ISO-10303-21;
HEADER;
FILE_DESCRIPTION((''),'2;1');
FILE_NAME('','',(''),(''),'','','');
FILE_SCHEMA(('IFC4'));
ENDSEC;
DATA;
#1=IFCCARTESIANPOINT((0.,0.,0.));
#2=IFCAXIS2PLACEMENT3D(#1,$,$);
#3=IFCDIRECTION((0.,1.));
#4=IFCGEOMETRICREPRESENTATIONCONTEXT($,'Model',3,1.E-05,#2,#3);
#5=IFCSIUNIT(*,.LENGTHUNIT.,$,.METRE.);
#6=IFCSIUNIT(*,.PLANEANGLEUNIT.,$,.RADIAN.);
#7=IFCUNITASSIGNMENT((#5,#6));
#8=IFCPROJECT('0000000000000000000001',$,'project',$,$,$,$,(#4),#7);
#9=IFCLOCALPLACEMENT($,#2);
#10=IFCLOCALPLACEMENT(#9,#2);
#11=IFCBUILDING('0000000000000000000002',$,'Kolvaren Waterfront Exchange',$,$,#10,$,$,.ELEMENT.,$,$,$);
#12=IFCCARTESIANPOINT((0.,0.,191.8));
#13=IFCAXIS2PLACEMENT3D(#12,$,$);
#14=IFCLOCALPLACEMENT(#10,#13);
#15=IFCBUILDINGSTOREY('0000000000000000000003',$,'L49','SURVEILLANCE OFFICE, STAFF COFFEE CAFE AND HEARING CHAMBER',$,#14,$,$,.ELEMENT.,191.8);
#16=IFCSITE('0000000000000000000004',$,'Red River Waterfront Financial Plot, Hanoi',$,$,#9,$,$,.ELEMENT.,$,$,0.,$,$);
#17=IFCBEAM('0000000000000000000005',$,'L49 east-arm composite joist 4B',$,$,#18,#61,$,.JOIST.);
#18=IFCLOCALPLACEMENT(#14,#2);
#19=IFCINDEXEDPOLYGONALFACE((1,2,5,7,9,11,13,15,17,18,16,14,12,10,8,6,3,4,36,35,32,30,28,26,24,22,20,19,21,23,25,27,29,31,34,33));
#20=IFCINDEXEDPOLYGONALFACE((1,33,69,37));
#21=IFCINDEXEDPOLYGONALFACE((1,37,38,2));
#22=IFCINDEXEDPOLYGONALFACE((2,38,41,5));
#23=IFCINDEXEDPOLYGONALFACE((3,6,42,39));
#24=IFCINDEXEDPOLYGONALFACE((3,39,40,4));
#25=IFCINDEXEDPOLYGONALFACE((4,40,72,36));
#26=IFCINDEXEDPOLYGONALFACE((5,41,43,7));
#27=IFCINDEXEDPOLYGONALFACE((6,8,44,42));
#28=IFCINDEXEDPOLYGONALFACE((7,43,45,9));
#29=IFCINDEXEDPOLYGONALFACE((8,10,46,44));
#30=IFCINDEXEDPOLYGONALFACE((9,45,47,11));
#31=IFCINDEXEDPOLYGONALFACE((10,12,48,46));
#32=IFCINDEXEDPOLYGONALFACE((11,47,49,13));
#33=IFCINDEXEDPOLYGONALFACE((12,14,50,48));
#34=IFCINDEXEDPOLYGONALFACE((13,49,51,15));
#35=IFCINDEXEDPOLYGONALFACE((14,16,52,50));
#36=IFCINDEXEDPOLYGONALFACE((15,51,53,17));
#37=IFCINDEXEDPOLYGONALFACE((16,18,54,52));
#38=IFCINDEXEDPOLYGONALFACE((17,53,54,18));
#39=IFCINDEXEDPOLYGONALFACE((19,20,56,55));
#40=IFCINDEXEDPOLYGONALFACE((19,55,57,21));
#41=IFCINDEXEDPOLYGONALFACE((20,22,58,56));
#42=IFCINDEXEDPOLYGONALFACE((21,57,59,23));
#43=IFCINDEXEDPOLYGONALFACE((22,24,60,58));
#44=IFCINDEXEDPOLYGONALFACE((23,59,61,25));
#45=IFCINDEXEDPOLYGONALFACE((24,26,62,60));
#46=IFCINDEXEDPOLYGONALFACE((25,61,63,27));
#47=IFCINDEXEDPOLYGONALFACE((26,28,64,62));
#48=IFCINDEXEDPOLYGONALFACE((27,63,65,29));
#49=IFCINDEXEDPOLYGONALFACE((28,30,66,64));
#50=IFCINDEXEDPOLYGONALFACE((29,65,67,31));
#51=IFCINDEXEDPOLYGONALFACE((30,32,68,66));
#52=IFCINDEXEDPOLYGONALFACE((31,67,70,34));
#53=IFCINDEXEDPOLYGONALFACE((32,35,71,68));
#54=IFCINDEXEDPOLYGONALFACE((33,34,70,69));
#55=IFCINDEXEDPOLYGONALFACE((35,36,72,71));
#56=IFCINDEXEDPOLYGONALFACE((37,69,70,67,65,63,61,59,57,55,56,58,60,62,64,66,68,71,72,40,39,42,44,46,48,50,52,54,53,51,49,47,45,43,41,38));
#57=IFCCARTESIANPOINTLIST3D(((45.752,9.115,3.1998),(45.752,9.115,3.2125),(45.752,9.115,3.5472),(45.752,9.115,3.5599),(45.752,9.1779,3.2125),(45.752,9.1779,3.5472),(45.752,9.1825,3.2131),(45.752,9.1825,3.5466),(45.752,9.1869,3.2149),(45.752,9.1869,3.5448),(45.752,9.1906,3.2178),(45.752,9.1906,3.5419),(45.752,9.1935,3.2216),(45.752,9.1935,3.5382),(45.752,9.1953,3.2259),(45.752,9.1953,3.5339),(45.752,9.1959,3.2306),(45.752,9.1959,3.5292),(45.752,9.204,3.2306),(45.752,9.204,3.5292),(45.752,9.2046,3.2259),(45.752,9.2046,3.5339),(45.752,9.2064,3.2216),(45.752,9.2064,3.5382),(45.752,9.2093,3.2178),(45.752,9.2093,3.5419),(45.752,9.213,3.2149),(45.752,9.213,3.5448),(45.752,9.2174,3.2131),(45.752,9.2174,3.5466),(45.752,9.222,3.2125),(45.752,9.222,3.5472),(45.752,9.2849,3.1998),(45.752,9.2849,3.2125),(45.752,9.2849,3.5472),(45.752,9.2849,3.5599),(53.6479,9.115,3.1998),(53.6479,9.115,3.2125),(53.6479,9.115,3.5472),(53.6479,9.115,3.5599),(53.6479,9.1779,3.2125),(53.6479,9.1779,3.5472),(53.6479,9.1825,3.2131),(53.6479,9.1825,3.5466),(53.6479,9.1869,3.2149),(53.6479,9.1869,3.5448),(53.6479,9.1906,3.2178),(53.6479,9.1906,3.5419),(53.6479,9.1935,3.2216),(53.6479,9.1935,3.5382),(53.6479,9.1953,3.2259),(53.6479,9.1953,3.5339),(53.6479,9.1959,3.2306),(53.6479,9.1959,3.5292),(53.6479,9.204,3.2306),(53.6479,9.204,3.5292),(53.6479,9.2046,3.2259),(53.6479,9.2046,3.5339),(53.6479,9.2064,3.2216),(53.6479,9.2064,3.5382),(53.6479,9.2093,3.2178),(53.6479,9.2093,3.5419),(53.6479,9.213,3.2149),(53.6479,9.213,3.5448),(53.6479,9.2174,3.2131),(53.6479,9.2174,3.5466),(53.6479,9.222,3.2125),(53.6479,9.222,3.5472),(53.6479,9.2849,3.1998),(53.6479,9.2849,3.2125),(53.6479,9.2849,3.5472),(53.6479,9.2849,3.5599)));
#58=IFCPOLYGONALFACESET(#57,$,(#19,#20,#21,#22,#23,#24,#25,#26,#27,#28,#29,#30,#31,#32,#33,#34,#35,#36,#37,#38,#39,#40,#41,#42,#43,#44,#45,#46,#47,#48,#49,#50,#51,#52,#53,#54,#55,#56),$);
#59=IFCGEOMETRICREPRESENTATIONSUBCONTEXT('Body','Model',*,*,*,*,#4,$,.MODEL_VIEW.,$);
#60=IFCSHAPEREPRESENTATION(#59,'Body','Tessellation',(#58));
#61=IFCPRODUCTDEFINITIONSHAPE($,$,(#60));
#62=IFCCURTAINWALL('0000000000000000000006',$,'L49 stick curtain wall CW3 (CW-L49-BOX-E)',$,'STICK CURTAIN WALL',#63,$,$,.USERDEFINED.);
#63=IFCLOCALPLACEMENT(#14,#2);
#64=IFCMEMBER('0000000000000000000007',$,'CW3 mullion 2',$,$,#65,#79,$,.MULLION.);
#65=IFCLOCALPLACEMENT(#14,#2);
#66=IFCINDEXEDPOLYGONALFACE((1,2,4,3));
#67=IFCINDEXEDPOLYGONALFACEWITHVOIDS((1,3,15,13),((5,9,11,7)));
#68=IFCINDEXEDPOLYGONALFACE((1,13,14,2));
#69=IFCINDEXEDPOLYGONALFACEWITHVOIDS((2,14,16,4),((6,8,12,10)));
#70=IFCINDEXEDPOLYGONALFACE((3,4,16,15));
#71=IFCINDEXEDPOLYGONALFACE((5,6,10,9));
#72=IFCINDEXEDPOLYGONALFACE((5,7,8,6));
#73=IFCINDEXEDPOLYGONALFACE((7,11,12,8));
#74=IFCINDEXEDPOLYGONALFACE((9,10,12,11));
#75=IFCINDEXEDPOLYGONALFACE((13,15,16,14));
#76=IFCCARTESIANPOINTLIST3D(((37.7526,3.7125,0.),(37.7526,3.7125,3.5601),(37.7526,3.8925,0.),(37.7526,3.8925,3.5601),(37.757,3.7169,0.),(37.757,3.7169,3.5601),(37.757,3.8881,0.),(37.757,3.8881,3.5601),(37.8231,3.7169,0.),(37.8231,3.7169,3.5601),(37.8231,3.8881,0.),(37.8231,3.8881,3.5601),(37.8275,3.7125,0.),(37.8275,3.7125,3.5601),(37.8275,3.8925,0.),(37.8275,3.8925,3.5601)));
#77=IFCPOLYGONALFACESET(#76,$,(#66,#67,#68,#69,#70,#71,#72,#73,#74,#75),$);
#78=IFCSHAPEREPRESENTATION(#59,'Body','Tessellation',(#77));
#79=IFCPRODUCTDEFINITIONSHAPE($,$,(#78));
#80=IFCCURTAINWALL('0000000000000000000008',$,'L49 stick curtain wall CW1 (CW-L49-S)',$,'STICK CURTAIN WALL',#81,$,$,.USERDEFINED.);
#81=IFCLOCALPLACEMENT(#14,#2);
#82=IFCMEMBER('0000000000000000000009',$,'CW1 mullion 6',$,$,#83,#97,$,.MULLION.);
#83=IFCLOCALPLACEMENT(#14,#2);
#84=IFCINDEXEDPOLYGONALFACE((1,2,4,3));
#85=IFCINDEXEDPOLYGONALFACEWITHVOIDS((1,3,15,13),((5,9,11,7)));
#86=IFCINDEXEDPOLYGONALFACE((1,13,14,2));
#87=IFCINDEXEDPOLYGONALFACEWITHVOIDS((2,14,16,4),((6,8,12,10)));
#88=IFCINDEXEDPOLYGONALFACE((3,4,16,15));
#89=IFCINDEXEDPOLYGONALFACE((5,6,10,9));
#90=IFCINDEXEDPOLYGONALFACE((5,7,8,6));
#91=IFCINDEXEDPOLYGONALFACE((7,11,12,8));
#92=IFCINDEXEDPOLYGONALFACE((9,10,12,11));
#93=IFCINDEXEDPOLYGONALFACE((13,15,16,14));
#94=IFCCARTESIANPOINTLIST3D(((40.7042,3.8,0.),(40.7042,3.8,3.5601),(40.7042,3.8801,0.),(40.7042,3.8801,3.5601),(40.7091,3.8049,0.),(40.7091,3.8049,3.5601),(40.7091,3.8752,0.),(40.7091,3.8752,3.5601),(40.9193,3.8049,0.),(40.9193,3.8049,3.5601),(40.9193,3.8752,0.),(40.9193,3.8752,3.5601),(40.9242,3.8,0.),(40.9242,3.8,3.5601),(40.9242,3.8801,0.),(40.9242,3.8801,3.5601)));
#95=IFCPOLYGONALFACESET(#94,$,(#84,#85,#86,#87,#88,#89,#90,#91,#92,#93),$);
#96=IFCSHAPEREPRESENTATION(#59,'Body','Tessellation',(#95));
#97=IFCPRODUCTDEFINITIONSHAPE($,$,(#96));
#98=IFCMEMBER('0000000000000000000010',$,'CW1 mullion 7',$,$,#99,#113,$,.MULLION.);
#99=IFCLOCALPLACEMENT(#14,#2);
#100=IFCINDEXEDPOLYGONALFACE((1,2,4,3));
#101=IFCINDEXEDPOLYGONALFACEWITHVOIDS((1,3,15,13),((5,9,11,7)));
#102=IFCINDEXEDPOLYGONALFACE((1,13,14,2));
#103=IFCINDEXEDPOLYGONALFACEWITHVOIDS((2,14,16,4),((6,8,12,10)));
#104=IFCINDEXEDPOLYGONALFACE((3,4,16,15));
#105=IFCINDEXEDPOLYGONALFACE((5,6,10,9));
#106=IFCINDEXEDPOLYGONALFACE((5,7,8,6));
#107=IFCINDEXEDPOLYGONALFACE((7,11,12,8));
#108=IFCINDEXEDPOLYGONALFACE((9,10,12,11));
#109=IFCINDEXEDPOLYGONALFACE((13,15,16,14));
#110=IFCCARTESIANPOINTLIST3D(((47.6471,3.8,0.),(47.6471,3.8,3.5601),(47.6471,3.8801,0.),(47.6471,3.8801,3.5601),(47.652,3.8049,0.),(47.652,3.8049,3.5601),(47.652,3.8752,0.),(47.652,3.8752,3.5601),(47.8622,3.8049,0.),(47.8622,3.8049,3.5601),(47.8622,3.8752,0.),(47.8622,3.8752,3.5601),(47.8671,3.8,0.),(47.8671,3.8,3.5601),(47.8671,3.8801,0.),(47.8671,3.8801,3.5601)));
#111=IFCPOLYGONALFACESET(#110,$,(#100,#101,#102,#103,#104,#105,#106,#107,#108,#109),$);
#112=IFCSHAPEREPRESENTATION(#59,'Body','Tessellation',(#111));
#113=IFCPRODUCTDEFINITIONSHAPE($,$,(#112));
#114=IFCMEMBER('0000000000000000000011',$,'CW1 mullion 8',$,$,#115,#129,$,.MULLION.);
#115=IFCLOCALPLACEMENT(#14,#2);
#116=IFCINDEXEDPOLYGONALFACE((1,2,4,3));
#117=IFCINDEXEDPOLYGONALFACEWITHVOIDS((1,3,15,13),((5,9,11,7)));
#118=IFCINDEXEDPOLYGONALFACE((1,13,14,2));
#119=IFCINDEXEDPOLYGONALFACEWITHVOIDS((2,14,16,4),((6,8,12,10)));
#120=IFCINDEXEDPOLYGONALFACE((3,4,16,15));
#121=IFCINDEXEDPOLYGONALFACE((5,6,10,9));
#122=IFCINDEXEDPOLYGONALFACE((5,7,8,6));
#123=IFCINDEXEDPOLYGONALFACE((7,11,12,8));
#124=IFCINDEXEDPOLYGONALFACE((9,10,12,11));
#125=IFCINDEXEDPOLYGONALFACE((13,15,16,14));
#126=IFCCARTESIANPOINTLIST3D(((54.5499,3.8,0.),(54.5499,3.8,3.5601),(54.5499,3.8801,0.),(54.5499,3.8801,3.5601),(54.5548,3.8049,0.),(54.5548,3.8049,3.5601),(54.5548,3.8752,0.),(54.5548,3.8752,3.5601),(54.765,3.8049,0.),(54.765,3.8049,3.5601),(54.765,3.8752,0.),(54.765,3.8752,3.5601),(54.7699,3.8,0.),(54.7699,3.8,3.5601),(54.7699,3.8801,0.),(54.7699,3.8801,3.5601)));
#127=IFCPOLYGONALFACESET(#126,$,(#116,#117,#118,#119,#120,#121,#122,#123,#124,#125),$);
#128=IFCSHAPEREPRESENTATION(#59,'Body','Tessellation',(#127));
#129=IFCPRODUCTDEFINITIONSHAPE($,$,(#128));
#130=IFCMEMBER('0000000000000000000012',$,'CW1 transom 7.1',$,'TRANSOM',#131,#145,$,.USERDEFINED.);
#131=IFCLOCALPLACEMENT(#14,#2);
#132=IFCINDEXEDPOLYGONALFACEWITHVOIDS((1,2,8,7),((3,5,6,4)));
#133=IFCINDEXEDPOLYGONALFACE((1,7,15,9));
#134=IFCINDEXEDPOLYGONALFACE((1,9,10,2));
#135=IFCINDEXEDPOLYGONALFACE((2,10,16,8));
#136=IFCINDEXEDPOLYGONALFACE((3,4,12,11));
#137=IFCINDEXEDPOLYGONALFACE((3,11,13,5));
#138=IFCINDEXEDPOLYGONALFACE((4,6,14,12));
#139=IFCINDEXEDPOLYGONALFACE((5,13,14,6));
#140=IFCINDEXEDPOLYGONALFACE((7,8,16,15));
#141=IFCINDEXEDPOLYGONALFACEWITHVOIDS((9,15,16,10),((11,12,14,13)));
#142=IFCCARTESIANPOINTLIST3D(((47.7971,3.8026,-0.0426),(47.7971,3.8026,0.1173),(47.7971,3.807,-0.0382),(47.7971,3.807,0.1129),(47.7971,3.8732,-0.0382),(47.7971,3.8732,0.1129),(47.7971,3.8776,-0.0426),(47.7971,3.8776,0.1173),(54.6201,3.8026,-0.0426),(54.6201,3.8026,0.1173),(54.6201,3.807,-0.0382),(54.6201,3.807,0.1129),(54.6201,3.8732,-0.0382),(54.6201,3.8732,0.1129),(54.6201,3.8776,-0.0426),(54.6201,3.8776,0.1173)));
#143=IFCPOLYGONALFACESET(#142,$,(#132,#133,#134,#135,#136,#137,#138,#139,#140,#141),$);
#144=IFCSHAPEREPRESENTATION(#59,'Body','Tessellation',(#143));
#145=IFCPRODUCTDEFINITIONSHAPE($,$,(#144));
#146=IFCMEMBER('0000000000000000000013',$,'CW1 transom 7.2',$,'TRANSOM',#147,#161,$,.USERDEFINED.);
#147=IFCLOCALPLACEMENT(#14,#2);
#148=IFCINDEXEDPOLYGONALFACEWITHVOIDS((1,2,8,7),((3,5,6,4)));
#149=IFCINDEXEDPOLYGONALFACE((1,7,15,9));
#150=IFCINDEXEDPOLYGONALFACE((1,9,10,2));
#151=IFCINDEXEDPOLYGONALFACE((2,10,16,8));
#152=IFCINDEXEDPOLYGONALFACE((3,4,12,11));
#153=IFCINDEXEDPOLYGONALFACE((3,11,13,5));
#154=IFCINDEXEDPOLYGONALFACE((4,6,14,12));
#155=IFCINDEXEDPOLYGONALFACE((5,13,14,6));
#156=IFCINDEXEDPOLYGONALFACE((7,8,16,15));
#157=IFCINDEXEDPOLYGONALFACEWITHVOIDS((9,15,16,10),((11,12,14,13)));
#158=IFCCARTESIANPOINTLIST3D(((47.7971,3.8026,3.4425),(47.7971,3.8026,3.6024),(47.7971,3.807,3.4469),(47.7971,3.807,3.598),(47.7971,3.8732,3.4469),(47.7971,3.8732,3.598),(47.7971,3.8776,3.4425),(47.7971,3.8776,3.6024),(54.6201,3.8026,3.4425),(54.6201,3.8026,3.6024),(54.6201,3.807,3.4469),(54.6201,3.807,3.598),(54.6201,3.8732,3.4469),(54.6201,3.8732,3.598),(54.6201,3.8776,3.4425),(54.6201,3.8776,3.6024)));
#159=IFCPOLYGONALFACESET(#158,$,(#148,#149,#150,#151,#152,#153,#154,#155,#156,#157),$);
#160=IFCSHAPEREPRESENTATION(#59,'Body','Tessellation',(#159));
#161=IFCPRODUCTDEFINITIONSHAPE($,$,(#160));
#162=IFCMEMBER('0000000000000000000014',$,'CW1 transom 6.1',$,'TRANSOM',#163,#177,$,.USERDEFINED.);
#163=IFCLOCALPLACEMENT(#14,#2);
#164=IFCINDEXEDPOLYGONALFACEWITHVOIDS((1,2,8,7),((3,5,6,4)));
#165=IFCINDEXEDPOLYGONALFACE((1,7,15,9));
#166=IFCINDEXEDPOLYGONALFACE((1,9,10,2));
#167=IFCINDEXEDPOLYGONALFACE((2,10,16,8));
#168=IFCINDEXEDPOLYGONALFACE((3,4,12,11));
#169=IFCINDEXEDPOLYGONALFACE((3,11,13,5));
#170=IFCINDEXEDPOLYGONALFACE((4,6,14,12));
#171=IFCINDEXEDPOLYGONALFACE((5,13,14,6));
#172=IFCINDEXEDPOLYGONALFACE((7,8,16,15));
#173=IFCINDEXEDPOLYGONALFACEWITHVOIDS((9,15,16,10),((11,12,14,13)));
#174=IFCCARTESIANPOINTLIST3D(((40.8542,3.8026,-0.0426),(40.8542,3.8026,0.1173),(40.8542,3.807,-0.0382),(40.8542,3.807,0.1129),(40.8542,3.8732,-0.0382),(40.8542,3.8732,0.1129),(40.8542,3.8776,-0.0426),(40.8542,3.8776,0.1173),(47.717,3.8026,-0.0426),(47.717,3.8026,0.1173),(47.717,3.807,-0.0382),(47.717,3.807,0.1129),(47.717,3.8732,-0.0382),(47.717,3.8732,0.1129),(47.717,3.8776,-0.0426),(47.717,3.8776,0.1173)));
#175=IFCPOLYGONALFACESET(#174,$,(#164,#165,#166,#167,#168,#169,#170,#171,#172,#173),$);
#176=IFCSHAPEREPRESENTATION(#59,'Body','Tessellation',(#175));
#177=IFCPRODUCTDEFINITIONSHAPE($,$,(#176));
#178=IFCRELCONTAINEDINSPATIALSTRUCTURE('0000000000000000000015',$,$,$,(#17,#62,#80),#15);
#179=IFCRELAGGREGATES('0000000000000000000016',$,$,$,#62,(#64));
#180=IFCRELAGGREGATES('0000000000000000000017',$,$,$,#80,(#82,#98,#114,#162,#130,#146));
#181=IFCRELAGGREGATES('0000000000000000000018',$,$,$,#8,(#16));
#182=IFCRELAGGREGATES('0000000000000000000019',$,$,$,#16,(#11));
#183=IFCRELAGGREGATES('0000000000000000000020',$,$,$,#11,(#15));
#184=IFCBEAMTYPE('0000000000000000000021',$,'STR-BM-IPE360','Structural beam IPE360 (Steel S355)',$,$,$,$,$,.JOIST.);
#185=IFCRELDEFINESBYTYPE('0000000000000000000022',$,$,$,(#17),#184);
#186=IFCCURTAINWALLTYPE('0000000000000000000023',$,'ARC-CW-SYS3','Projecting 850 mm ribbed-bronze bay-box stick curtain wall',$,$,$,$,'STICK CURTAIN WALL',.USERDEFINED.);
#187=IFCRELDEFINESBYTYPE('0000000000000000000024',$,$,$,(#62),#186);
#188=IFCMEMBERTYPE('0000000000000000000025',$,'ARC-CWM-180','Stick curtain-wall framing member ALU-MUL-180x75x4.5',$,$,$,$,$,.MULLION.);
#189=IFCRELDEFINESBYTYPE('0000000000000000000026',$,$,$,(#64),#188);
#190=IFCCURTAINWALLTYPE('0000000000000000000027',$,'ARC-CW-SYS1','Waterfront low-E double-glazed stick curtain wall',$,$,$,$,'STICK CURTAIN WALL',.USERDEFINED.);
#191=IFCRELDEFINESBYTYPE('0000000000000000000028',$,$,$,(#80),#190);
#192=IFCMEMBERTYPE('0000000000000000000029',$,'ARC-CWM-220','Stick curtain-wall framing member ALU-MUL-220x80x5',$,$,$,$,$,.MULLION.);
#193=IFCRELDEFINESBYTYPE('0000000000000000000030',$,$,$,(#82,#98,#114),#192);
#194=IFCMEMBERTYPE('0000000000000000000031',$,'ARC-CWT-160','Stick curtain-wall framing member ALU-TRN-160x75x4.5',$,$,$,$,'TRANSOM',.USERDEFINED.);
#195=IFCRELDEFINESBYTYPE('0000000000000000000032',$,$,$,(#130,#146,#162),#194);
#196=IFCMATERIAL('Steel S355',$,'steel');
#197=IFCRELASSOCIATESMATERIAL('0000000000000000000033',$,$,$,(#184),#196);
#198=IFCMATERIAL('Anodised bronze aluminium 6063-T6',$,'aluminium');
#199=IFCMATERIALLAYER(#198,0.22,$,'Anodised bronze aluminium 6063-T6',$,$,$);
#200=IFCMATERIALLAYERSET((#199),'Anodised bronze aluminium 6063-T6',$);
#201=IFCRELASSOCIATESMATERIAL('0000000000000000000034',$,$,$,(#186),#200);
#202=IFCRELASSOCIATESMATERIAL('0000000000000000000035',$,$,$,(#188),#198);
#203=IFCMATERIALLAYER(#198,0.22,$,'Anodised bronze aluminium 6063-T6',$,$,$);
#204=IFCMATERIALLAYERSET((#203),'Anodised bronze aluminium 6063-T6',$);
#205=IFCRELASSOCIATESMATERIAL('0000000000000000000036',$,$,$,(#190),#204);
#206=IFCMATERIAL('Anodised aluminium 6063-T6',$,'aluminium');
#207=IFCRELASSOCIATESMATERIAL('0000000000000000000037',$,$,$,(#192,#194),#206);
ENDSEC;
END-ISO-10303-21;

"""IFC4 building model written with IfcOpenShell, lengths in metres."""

from ifc_helpers import new_model, si_unit, direction, frame, origin, origin_with_axes, origin_2d, place, context, subcontext, project, spatial, hollow_rectangle, i_section, extrude, source, transform, mapped, material, layer, layer_set, material_profile, profile_set, type_object, element, aggregate, save


model = new_model("IFC4")

# Units and contexts
model_context = context("Model", 3, precision=1e-05, world=origin(), true_north=direction((0.0, 1.0)))
body_context = subcontext(model_context, "Body", "Model", "MODEL_VIEW")
ifc_project = project(units=[si_unit("LENGTHUNIT", "METRE"), si_unit("PLANEANGLEUNIT", "RADIAN")], contexts=[model_context])

# Site, building, storey
site_placement = place(None, origin())
site = spatial("IfcSite", under=ifc_project, at=site_placement, Name="Red River Waterfront Financial Plot, Hanoi", CompositionType="ELEMENT", RefElevation=0.0)
building_placement = place(site_placement, origin())
building = spatial("IfcBuilding", under=site, at=building_placement, Name="Kolvaren Waterfront Exchange", CompositionType="ELEMENT")
storey_placement = place(building_placement, frame((0.0, 0.0, 191.8)))
storey = spatial("IfcBuildingStorey", under=building, at=storey_placement, Name="L49", Description="SURVEILLANCE OFFICE, STAFF COFFEE CAFE AND HEARING CHAMBER", CompositionType="ELEMENT", Elevation=191.8)

# Beam
ifc_material_1 = material(Name="Steel S355", Category="steel")
ifc_material_profile_1 = material_profile(ifc_material_1, i_section(OverallWidth=0.1699, OverallDepth=0.3601, WebThickness=0.0081, FlangeThickness=0.0127, FilletRadius=0.0181, at=origin_2d()), Name="IPE360")
ifc_profile_set_1 = profile_set([ifc_material_profile_1], Name="Steel S355")
beam_type_1 = type_object("IfcBeamType", Name="STR-BM-IPE360", Description="Structural beam IPE360 (Steel S355)", PredefinedType="JOIST", material=ifc_profile_set_1)
beam_1_placement = place(storey_placement, frame((45.752, 9.2, 3.3799), z_axis=(1.0, 0.0, 0.0), x_axis=(0.0, 1.0, 0.0)))
element("IfcBeam", 1, at=beam_1_placement, inside=storey, type_object=beam_type_1, Name="L49 east-arm composite joist 4B", PredefinedType="JOIST", context=body_context, shape_type="SweptSolid", body=[
    extrude(i_section(OverallWidth=0.1699, OverallDepth=0.3601, WebThickness=0.0081, FlangeThickness=0.0127, FilletRadius=0.0181, at=origin_2d()), origin(), (0.0, 0.0, 1.0), 7.896),
])

# Curtain wall, member
ifc_material_2 = material(Name="Anodised bronze aluminium 6063-T6", Category="aluminium")
ifc_layer_1 = layer(ifc_material_2, 0.22, Name="Anodised bronze aluminium 6063-T6")
ifc_layer_set_1 = layer_set([ifc_layer_1], Name="Anodised bronze aluminium 6063-T6")
curtain_wall_type_1 = type_object("IfcCurtainWallType", Name="ARC-CW-SYS3", Description="Projecting 850 mm ribbed-bronze bay-box stick curtain wall", ElementType="STICK CURTAIN WALL", PredefinedType="USERDEFINED", material=ifc_layer_set_1)
curtain_wall_1_placement = place(storey_placement, origin())
curtain_wall_1 = element("IfcCurtainWall", 2, at=curtain_wall_1_placement, inside=storey, type_object=curtain_wall_type_1, Name="L49 stick curtain wall CW3 (CW-L49-BOX-E)", ObjectType="STICK CURTAIN WALL", PredefinedType="USERDEFINED")
ifc_material_profile_2 = material_profile(ifc_material_2, hollow_rectangle(XDim=0.075, YDim=0.1799, WallThickness=0.0044, at=origin_2d()), Name="ALU-MUL-180x75x4.5")
ifc_profile_set_2 = profile_set([ifc_material_profile_2], Name="Anodised bronze aluminium 6063-T6")
member_type_1 = type_object("IfcMemberType", Name="ARC-CWM-180", Description="Stick curtain-wall framing member ALU-MUL-180x75x4.5", PredefinedType="MULLION", material=ifc_profile_set_2)
shared_shape_1 = source(origin_with_axes(), body_context, "Body", "SweptSolid", [
    extrude(hollow_rectangle(XDim=0.075, YDim=0.1799, WallThickness=0.0044, at=origin_2d()), origin(), (0.0, 0.0, 1.0), 3.5601),
])
member_1_placement = place(storey_placement, frame((37.79, 3.8025, 0.0), z_axis=(0.0, 0.0, 1.0), x_axis=(-1.0, 0.0, 0.0)))
member_1 = element("IfcMember", 3, at=member_1_placement, type_object=member_type_1, Name="CW3 mullion 2", PredefinedType="MULLION", context=body_context, shape_type="MappedRepresentation", body=[
    mapped(shared_shape_1, transform((0.0, 0.0, 0.0), x_axis=(1.0, 0.0, 0.0), y_axis=(0.0, 1.0, 0.0), z_axis=(0.0, 0.0, 1.0), scale=1.0)),
])
aggregate(curtain_wall_1, [member_1])

# Curtain wall, members
ifc_layer_2 = layer(ifc_material_2, 0.22, Name="Anodised bronze aluminium 6063-T6")
ifc_layer_set_2 = layer_set([ifc_layer_2], Name="Anodised bronze aluminium 6063-T6")
curtain_wall_type_2 = type_object("IfcCurtainWallType", Name="ARC-CW-SYS1", Description="Waterfront low-E double-glazed stick curtain wall", ElementType="STICK CURTAIN WALL", PredefinedType="USERDEFINED", material=ifc_layer_set_2)
curtain_wall_2_placement = place(storey_placement, origin())
curtain_wall_2 = element("IfcCurtainWall", 4, at=curtain_wall_2_placement, inside=storey, type_object=curtain_wall_type_2, Name="L49 stick curtain wall CW1 (CW-L49-S)", ObjectType="STICK CURTAIN WALL", PredefinedType="USERDEFINED")
ifc_material_3 = material(Name="Anodised aluminium 6063-T6", Category="aluminium")
ifc_material_profile_3 = material_profile(ifc_material_3, hollow_rectangle(XDim=0.0801, YDim=0.22, WallThickness=0.0049, at=origin_2d()), Name="ALU-MUL-220x80x5")
ifc_profile_set_3 = profile_set([ifc_material_profile_3], Name="Anodised aluminium 6063-T6")
member_type_2 = type_object("IfcMemberType", Name="ARC-CWM-220", Description="Stick curtain-wall framing member ALU-MUL-220x80x5", PredefinedType="MULLION", material=ifc_profile_set_3)
shared_shape_2 = source(origin_with_axes(), body_context, "Body", "SweptSolid", [
    extrude(hollow_rectangle(XDim=0.0801, YDim=0.22, WallThickness=0.0049, at=origin_2d()), origin(), (0.0, 0.0, 1.0), 3.5601),
])
member_2_placement = place(storey_placement, frame((40.8142, 3.8401, 0.0), z_axis=(0.0, 0.0, 1.0), x_axis=(0.0, 1.0, 0.0)))
member_2 = element("IfcMember", 5, at=member_2_placement, type_object=member_type_2, Name="CW1 mullion 6", PredefinedType="MULLION", context=body_context, shape_type="MappedRepresentation", body=[
    mapped(shared_shape_2, transform((0.0, 0.0, 0.0), x_axis=(1.0, 0.0, 0.0), y_axis=(0.0, 1.0, 0.0), z_axis=(0.0, 0.0, 1.0), scale=1.0)),
])
member_3_placement = place(storey_placement, frame((47.7571, 3.8401, 0.0), z_axis=(0.0, 0.0, 1.0), x_axis=(0.0, 1.0, 0.0)))
member_3 = element("IfcMember", 6, at=member_3_placement, type_object=member_type_2, Name="CW1 mullion 7", PredefinedType="MULLION", context=body_context, shape_type="MappedRepresentation", body=[
    mapped(shared_shape_2, transform((0.0, 0.0, 0.0), x_axis=(1.0, 0.0, 0.0), y_axis=(0.0, 1.0, 0.0), z_axis=(0.0, 0.0, 1.0), scale=1.0)),
])
member_4_placement = place(storey_placement, frame((54.6599, 3.8401, 0.0), z_axis=(0.0, 0.0, 1.0), x_axis=(0.0, 1.0, 0.0)))
member_4 = element("IfcMember", 7, at=member_4_placement, type_object=member_type_2, Name="CW1 mullion 8", PredefinedType="MULLION", context=body_context, shape_type="MappedRepresentation", body=[
    mapped(shared_shape_2, transform((0.0, 0.0, 0.0), x_axis=(1.0, 0.0, 0.0), y_axis=(0.0, 1.0, 0.0), z_axis=(0.0, 0.0, 1.0), scale=1.0)),
])
ifc_material_profile_4 = material_profile(ifc_material_3, hollow_rectangle(XDim=0.075, YDim=0.1599, WallThickness=0.0044, at=origin_2d()), Name="ALU-TRN-160x75x4.5")
ifc_profile_set_4 = profile_set([ifc_material_profile_4], Name="Anodised aluminium 6063-T6")
member_type_3 = type_object("IfcMemberType", Name="ARC-CWT-160", Description="Stick curtain-wall framing member ALU-TRN-160x75x4.5", ElementType="TRANSOM", PredefinedType="USERDEFINED", material=ifc_profile_set_4)
shared_shape_3 = source(origin_with_axes(), body_context, "Body", "SweptSolid", [
    extrude(hollow_rectangle(XDim=0.075, YDim=0.1599, WallThickness=0.0044, at=origin_2d()), origin(), (0.0, 0.0, 1.0), 6.823),
])
member_5_placement = place(storey_placement, frame((47.7971, 3.8401, 0.0374), z_axis=(1.0, 0.0, 0.0), x_axis=(0.0, 1.0, 0.0)))
member_5 = element("IfcMember", 8, at=member_5_placement, type_object=member_type_3, Name="CW1 transom 7.1", ObjectType="TRANSOM", PredefinedType="USERDEFINED", context=body_context, shape_type="MappedRepresentation", body=[
    mapped(shared_shape_3, transform((0.0, 0.0, 0.0), x_axis=(1.0, 0.0, 0.0), y_axis=(0.0, 1.0, 0.0), z_axis=(0.0, 0.0, 1.0), scale=1.0)),
])
member_6_placement = place(storey_placement, frame((47.7971, 3.8401, 3.5225), z_axis=(1.0, 0.0, 0.0), x_axis=(0.0, 1.0, 0.0)))
member_6 = element("IfcMember", 9, at=member_6_placement, type_object=member_type_3, Name="CW1 transom 7.2", ObjectType="TRANSOM", PredefinedType="USERDEFINED", context=body_context, shape_type="MappedRepresentation", body=[
    mapped(shared_shape_3, transform((0.0, 0.0, 0.0), x_axis=(1.0, 0.0, 0.0), y_axis=(0.0, 1.0, 0.0), z_axis=(0.0, 0.0, 1.0), scale=1.0)),
])
shared_shape_4 = source(origin_with_axes(), body_context, "Body", "SweptSolid", [
    extrude(hollow_rectangle(XDim=0.075, YDim=0.1599, WallThickness=0.0044, at=origin_2d()), origin(), (0.0, 0.0, 1.0), 6.8628),
])
member_7_placement = place(storey_placement, frame((40.8542, 3.8401, 0.0374), z_axis=(1.0, 0.0, 0.0), x_axis=(0.0, 1.0, 0.0)))
member_7 = element("IfcMember", 10, at=member_7_placement, type_object=member_type_3, Name="CW1 transom 6.1", ObjectType="TRANSOM", PredefinedType="USERDEFINED", context=body_context, shape_type="MappedRepresentation", body=[
    mapped(shared_shape_4, transform((0.0, 0.0, 0.0), x_axis=(1.0, 0.0, 0.0), y_axis=(0.0, 1.0, 0.0), z_axis=(0.0, 0.0, 1.0), scale=1.0)),
])
aggregate(curtain_wall_2, [member_2, member_3, member_4, member_7, member_5, member_6])

save(model, "model.ifc")
